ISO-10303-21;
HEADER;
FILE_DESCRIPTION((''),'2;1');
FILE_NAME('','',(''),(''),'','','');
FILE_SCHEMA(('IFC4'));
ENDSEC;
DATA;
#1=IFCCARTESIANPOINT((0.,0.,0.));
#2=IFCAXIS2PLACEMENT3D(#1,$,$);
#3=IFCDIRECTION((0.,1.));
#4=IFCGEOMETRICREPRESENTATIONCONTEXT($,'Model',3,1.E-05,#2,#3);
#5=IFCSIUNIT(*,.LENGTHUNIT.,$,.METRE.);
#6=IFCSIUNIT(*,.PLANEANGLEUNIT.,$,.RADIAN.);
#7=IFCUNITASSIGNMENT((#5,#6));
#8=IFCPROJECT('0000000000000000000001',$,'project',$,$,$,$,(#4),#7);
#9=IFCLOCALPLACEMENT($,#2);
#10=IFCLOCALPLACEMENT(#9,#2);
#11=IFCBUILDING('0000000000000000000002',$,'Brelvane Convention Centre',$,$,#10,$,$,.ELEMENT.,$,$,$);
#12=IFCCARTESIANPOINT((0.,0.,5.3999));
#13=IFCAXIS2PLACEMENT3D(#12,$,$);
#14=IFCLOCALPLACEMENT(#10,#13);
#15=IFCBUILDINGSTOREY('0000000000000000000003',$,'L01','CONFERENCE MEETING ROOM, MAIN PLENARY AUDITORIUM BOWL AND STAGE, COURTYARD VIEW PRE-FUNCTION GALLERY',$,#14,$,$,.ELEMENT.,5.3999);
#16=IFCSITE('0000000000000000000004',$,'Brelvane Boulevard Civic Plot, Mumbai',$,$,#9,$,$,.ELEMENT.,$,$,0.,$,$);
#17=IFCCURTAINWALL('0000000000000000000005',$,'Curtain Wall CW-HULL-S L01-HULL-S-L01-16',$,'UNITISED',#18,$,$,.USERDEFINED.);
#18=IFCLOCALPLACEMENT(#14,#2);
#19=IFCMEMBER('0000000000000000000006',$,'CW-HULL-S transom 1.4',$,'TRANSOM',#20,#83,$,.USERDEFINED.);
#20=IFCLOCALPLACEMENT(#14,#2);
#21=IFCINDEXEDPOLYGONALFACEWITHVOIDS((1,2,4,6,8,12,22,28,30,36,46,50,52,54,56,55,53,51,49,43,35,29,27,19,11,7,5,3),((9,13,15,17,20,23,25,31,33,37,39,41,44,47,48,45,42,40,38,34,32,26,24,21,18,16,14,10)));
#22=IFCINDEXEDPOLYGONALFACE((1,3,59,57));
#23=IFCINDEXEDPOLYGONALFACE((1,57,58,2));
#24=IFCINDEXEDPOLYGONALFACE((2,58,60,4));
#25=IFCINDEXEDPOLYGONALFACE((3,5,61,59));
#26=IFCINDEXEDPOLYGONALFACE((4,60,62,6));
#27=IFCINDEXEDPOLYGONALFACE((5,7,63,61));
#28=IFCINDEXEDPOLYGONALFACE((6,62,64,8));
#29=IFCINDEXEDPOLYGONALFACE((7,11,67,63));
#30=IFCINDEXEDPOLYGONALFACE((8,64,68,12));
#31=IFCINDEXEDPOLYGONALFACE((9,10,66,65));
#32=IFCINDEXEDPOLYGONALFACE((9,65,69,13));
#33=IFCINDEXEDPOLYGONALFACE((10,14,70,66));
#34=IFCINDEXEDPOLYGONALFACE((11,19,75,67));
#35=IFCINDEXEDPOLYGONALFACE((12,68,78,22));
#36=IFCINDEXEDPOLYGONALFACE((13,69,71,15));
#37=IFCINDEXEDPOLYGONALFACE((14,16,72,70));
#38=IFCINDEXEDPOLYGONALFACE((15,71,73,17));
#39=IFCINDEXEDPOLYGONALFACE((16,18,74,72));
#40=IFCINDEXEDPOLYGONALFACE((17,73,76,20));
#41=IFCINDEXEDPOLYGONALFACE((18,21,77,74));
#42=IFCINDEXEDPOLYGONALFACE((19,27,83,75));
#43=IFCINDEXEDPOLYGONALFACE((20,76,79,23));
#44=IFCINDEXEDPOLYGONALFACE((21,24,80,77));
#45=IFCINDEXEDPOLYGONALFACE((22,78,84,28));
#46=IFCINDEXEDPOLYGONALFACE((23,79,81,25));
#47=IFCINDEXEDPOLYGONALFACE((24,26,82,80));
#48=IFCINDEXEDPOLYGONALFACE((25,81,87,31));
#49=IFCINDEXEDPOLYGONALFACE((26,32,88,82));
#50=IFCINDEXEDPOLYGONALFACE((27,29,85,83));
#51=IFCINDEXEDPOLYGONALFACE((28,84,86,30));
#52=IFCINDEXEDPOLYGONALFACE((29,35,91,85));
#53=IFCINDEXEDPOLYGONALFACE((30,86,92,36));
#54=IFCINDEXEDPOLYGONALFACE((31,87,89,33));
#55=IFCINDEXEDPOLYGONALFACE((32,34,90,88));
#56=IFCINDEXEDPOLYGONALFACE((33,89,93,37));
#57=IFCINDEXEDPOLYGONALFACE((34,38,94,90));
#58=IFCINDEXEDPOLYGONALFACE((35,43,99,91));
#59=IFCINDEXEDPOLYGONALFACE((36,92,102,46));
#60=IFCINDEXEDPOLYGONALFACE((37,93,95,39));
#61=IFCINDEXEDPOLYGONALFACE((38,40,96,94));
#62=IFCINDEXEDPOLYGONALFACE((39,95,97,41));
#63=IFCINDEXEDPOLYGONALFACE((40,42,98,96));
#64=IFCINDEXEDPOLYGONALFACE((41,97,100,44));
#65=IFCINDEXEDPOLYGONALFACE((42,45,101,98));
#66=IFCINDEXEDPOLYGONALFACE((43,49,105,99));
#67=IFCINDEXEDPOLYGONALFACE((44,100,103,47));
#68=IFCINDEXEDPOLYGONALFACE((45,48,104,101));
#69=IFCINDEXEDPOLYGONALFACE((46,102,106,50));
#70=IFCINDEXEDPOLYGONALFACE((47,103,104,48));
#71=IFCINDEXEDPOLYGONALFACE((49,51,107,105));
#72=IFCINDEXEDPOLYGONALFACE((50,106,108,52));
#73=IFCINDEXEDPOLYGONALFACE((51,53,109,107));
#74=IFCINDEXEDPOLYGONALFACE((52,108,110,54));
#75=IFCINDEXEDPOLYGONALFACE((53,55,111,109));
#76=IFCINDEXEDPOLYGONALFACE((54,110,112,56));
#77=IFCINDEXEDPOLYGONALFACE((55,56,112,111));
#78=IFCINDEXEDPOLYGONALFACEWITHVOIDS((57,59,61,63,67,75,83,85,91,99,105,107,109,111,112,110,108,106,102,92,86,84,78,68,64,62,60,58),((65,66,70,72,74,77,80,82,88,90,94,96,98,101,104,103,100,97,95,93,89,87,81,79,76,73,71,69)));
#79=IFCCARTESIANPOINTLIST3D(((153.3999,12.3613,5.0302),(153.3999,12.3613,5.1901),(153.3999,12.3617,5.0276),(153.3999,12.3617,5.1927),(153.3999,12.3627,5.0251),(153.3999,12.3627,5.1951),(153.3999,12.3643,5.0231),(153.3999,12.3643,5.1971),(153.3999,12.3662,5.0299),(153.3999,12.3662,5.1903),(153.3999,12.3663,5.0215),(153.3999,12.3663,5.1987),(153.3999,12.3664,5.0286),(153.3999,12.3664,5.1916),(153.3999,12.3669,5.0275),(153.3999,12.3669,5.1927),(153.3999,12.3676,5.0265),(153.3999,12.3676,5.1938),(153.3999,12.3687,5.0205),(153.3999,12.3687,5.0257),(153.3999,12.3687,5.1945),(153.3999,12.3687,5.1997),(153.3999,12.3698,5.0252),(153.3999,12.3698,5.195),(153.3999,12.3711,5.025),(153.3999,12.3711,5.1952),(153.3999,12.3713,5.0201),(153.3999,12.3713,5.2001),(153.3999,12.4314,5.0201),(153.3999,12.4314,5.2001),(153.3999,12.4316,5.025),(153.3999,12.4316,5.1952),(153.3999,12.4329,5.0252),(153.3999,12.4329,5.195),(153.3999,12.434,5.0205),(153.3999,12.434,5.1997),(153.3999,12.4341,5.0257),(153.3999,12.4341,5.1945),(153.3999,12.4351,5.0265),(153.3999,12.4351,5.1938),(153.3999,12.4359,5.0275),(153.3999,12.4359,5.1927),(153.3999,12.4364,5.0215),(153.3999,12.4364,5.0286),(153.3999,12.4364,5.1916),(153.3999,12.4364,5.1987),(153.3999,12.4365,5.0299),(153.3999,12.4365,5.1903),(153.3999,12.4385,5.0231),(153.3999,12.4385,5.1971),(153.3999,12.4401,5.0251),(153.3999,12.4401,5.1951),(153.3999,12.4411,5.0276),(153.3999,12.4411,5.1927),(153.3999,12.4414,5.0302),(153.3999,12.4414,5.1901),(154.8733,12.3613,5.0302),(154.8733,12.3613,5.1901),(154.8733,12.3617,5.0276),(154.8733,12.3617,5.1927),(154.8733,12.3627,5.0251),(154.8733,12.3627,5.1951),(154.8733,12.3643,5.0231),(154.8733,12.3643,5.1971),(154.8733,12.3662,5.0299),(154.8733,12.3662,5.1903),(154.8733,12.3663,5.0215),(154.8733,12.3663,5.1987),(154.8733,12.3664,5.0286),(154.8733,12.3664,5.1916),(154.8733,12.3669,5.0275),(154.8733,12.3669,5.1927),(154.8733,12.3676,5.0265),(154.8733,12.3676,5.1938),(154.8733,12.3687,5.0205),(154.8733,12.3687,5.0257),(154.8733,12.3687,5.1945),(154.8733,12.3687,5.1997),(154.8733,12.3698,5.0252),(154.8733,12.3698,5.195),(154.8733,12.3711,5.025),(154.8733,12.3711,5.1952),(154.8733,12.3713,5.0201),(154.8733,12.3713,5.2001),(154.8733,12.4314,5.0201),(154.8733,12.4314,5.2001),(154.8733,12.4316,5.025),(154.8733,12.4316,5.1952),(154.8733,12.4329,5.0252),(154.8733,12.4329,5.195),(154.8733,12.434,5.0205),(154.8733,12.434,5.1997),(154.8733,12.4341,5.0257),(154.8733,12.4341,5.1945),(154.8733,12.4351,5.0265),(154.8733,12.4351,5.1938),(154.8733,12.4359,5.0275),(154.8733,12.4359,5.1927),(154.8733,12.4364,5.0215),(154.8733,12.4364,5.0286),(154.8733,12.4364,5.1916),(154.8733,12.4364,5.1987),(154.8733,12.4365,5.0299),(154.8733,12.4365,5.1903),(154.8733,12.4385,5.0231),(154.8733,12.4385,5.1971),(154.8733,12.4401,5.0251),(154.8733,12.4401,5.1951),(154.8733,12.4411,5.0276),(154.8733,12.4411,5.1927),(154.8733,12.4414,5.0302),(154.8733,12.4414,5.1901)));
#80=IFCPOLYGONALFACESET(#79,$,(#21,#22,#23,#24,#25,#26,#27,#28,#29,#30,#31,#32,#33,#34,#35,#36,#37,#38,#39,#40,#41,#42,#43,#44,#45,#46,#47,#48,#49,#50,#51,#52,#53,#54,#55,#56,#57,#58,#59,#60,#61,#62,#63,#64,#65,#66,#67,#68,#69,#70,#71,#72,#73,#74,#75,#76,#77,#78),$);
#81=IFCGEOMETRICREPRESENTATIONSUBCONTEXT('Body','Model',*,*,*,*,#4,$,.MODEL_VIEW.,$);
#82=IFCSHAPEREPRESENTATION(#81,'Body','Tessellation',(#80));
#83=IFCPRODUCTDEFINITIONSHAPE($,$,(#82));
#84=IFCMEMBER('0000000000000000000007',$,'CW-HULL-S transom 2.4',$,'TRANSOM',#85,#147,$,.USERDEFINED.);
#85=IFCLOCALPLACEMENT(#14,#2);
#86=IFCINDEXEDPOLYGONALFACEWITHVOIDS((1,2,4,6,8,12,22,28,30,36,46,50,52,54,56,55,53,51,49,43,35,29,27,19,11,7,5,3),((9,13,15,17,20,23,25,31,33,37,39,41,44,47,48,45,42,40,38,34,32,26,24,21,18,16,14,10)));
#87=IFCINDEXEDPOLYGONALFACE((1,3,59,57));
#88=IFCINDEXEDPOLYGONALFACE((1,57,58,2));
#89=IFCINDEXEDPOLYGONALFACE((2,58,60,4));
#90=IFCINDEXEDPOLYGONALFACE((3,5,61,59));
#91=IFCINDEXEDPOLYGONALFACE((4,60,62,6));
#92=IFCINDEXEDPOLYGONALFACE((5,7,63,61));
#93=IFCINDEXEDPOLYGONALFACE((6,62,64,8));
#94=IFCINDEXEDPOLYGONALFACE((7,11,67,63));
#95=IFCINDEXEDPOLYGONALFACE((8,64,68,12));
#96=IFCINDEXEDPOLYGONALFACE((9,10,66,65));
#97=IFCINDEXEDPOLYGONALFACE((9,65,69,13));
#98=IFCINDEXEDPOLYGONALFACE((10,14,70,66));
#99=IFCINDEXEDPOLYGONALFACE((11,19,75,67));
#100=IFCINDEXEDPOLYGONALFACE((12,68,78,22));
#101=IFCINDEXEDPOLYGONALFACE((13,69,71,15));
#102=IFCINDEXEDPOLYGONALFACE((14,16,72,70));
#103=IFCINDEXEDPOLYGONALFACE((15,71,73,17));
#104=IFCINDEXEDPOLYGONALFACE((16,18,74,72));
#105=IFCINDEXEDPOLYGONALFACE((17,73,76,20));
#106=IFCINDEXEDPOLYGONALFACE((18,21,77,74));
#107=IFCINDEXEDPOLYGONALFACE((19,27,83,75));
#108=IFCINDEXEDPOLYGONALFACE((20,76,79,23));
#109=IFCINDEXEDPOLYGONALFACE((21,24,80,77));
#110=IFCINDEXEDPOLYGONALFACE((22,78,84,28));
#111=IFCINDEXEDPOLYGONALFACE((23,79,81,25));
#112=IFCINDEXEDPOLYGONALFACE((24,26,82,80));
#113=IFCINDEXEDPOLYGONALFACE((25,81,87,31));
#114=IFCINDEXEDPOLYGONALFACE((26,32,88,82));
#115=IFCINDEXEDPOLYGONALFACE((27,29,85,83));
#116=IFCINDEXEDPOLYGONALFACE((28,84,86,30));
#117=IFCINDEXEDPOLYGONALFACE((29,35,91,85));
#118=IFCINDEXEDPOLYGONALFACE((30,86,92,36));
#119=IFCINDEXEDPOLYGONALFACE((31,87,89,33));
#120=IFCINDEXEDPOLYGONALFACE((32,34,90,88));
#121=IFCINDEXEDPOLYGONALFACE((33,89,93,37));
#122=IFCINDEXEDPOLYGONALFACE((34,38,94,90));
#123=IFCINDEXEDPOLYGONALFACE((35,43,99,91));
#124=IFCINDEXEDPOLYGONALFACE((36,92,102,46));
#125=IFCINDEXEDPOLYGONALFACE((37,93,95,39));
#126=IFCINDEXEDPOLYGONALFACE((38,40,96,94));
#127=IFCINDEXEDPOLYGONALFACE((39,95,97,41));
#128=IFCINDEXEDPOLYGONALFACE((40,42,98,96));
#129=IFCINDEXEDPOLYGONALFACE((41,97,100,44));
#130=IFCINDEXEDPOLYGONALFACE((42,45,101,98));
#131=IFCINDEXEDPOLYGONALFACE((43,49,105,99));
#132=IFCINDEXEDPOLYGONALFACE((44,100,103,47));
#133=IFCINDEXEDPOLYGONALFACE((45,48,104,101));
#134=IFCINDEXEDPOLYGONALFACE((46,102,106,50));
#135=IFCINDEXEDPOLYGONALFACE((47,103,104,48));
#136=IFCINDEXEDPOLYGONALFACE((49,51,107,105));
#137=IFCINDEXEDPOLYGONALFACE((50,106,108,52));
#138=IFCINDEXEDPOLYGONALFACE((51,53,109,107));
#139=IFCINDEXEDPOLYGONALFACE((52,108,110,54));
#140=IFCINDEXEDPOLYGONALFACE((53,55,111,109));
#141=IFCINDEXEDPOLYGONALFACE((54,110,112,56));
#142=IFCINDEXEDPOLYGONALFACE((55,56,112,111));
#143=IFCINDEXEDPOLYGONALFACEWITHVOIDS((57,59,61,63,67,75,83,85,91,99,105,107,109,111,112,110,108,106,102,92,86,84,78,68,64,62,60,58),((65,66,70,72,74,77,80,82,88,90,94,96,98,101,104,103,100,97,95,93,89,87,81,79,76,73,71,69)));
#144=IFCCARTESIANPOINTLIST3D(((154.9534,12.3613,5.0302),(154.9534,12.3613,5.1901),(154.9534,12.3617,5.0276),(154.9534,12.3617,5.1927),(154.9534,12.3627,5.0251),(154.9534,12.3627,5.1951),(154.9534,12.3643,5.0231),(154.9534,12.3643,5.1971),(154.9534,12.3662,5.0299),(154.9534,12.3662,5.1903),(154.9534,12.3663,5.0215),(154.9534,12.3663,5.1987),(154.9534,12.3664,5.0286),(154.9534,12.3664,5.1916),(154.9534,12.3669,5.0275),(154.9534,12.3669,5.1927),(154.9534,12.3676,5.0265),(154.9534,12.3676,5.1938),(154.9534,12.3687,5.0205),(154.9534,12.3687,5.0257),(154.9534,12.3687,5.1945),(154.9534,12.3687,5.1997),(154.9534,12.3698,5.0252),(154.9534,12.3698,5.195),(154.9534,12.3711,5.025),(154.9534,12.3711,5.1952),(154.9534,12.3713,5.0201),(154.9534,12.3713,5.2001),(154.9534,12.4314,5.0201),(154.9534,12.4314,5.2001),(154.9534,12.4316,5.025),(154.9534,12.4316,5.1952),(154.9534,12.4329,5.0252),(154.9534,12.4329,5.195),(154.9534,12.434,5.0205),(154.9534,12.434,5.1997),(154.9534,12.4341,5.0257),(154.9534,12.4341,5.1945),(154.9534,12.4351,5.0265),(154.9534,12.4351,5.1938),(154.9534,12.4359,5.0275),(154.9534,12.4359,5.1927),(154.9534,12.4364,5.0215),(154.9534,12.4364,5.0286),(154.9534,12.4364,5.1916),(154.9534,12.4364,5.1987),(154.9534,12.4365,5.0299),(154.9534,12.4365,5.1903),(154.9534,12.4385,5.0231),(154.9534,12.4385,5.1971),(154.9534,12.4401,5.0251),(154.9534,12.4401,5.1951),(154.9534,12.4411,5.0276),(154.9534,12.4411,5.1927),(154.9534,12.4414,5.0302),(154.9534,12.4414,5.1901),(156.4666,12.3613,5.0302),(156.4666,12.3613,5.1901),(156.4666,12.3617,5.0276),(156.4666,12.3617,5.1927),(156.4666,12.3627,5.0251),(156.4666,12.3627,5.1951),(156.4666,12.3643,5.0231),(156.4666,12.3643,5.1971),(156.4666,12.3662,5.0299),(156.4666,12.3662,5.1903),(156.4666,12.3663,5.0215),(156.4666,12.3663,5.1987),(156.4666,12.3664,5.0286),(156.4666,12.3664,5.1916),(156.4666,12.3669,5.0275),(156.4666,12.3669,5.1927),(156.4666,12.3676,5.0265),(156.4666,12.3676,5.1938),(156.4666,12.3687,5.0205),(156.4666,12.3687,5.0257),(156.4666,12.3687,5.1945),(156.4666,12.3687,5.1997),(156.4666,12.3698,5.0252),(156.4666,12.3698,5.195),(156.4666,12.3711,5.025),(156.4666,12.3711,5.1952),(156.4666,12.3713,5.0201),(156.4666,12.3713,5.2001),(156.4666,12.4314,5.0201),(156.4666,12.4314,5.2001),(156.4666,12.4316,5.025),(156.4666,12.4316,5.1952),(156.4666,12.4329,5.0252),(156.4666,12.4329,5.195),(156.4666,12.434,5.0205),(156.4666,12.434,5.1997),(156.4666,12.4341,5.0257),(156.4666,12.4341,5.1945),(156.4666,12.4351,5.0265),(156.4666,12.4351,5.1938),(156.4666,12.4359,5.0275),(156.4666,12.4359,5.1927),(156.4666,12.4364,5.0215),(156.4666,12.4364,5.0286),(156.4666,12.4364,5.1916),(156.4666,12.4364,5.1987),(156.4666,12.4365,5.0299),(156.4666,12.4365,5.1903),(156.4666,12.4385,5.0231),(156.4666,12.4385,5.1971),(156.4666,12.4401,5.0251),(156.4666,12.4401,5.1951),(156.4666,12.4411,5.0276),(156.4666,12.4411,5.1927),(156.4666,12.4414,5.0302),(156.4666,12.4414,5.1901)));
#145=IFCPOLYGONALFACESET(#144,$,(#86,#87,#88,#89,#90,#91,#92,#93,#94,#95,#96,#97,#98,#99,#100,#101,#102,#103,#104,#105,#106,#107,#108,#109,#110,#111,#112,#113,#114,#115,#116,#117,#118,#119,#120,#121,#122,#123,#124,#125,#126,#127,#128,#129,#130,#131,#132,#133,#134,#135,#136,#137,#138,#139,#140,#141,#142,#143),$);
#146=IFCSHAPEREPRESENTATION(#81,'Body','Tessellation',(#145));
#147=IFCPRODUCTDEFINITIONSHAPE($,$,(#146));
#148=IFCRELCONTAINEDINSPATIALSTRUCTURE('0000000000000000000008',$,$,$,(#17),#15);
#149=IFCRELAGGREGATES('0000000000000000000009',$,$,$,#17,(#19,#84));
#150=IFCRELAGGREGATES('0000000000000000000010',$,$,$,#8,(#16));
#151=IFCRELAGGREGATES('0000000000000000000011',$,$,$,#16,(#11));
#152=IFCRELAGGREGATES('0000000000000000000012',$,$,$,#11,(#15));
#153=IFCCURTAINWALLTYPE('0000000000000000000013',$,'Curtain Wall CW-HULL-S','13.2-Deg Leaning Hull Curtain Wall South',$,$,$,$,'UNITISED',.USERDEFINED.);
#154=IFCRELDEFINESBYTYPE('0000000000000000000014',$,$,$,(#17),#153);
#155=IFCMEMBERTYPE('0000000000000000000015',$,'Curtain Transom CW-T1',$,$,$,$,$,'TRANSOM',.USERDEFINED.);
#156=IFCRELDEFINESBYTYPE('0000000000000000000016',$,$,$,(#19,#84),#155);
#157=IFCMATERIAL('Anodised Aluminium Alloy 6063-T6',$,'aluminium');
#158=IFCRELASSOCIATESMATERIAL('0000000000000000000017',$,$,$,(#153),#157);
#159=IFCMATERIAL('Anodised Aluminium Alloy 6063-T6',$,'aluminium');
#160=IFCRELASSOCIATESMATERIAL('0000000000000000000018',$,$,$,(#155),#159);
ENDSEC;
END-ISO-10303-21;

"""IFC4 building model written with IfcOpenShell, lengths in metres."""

from ifc_helpers import new_model, si_unit, direction, frame, origin, origin_2d, place, context, subcontext, project, spatial, hollow_rectangle, extrude, material, material_profile, profile_set, type_object, element, aggregate, save


model = new_model("IFC4")

# Units and contexts
model_context = context("Model", 3, precision=1e-05, world=origin(), true_north=direction((0.0, 1.0)))
body_context = subcontext(model_context, "Body", "Model", "MODEL_VIEW")
ifc_project = project(units=[si_unit("LENGTHUNIT", "METRE"), si_unit("PLANEANGLEUNIT", "RADIAN")], contexts=[model_context])

# Site, building, storey
site_placement = place(None, origin())
site = spatial("IfcSite", under=ifc_project, at=site_placement, Name="Brelvane Boulevard Civic Plot, Mumbai", CompositionType="ELEMENT", RefElevation=0.0)
building_placement = place(site_placement, origin())
building = spatial("IfcBuilding", under=site, at=building_placement, Name="Brelvane Convention Centre", CompositionType="ELEMENT")
storey_placement = place(building_placement, frame((0.0, 0.0, 5.3999)))
storey = spatial("IfcBuildingStorey", under=building, at=storey_placement, Name="L01", Description="CONFERENCE MEETING ROOM, MAIN PLENARY AUDITORIUM BOWL AND STAGE, COURTYARD VIEW PRE-FUNCTION GALLERY", CompositionType="ELEMENT", Elevation=5.3999)

# Curtain wall, members
ifc_material_1 = material(Name="Anodised Aluminium Alloy 6063-T6", Category="aluminium")
curtain_wall_type = type_object("IfcCurtainWallType", Name="Curtain Wall CW-HULL-S", Description="13.2-Deg Leaning Hull Curtain Wall South", ElementType="UNITISED", PredefinedType="USERDEFINED", material=ifc_material_1)
curtain_wall_placement = place(storey_placement, origin())
curtain_wall = element("IfcCurtainWall", 1, at=curtain_wall_placement, inside=storey, type_object=curtain_wall_type, Name="Curtain Wall CW-HULL-S L01-HULL-S-L01-16", ObjectType="UNITISED", PredefinedType="USERDEFINED")
ifc_material_2 = material(Name="Anodised Aluminium Alloy 6063-T6", Category="aluminium")
ifc_material_profile_1 = material_profile(ifc_material_2, hollow_rectangle(XDim=0.0801, YDim=0.1799, WallThickness=0.0049, InnerFilletRadius=0.0049, OuterFilletRadius=0.01, at=origin_2d()), Name="ALU-T 180x80x5.0")
ifc_profile_set_1 = profile_set([ifc_material_profile_1], Name="Anodised Aluminium Alloy 6063-T6")
member_type_1 = type_object("IfcMemberType", Name="Curtain Transom CW-T1", ElementType="TRANSOM", PredefinedType="USERDEFINED", material=ifc_profile_set_1)
member_1_placement = place(storey_placement, frame((153.3999, 12.4014, 5.1101), z_axis=(1.0, 0.0, 0.0), x_axis=(0.0, 1.0, 0.0)))
member_1 = element("IfcMember", 2, at=member_1_placement, type_object=member_type_1, Name="CW-HULL-S transom 1.4", ObjectType="TRANSOM", PredefinedType="USERDEFINED", context=body_context, shape_type="SweptSolid", body=[
    extrude(hollow_rectangle(XDim=0.0801, YDim=0.1799, WallThickness=0.0049, InnerFilletRadius=0.0049, OuterFilletRadius=0.01, at=origin_2d()), origin(), (0.0, 0.0, 1.0), 1.4734),
])
member_2_placement = place(storey_placement, frame((154.9534, 12.4014, 5.1101), z_axis=(1.0, 0.0, 0.0), x_axis=(0.0, 1.0, 0.0)))
member_2 = element("IfcMember", 3, at=member_2_placement, type_object=member_type_1, Name="CW-HULL-S transom 2.4", ObjectType="TRANSOM", PredefinedType="USERDEFINED", context=body_context, shape_type="SweptSolid", body=[
    extrude(hollow_rectangle(XDim=0.0801, YDim=0.1799, WallThickness=0.0049, InnerFilletRadius=0.0049, OuterFilletRadius=0.01, at=origin_2d()), origin(), (0.0, 0.0, 1.0), 1.5132),
])

aggregate(curtain_wall, [member_1, member_2])

save(model, "model.ifc")
